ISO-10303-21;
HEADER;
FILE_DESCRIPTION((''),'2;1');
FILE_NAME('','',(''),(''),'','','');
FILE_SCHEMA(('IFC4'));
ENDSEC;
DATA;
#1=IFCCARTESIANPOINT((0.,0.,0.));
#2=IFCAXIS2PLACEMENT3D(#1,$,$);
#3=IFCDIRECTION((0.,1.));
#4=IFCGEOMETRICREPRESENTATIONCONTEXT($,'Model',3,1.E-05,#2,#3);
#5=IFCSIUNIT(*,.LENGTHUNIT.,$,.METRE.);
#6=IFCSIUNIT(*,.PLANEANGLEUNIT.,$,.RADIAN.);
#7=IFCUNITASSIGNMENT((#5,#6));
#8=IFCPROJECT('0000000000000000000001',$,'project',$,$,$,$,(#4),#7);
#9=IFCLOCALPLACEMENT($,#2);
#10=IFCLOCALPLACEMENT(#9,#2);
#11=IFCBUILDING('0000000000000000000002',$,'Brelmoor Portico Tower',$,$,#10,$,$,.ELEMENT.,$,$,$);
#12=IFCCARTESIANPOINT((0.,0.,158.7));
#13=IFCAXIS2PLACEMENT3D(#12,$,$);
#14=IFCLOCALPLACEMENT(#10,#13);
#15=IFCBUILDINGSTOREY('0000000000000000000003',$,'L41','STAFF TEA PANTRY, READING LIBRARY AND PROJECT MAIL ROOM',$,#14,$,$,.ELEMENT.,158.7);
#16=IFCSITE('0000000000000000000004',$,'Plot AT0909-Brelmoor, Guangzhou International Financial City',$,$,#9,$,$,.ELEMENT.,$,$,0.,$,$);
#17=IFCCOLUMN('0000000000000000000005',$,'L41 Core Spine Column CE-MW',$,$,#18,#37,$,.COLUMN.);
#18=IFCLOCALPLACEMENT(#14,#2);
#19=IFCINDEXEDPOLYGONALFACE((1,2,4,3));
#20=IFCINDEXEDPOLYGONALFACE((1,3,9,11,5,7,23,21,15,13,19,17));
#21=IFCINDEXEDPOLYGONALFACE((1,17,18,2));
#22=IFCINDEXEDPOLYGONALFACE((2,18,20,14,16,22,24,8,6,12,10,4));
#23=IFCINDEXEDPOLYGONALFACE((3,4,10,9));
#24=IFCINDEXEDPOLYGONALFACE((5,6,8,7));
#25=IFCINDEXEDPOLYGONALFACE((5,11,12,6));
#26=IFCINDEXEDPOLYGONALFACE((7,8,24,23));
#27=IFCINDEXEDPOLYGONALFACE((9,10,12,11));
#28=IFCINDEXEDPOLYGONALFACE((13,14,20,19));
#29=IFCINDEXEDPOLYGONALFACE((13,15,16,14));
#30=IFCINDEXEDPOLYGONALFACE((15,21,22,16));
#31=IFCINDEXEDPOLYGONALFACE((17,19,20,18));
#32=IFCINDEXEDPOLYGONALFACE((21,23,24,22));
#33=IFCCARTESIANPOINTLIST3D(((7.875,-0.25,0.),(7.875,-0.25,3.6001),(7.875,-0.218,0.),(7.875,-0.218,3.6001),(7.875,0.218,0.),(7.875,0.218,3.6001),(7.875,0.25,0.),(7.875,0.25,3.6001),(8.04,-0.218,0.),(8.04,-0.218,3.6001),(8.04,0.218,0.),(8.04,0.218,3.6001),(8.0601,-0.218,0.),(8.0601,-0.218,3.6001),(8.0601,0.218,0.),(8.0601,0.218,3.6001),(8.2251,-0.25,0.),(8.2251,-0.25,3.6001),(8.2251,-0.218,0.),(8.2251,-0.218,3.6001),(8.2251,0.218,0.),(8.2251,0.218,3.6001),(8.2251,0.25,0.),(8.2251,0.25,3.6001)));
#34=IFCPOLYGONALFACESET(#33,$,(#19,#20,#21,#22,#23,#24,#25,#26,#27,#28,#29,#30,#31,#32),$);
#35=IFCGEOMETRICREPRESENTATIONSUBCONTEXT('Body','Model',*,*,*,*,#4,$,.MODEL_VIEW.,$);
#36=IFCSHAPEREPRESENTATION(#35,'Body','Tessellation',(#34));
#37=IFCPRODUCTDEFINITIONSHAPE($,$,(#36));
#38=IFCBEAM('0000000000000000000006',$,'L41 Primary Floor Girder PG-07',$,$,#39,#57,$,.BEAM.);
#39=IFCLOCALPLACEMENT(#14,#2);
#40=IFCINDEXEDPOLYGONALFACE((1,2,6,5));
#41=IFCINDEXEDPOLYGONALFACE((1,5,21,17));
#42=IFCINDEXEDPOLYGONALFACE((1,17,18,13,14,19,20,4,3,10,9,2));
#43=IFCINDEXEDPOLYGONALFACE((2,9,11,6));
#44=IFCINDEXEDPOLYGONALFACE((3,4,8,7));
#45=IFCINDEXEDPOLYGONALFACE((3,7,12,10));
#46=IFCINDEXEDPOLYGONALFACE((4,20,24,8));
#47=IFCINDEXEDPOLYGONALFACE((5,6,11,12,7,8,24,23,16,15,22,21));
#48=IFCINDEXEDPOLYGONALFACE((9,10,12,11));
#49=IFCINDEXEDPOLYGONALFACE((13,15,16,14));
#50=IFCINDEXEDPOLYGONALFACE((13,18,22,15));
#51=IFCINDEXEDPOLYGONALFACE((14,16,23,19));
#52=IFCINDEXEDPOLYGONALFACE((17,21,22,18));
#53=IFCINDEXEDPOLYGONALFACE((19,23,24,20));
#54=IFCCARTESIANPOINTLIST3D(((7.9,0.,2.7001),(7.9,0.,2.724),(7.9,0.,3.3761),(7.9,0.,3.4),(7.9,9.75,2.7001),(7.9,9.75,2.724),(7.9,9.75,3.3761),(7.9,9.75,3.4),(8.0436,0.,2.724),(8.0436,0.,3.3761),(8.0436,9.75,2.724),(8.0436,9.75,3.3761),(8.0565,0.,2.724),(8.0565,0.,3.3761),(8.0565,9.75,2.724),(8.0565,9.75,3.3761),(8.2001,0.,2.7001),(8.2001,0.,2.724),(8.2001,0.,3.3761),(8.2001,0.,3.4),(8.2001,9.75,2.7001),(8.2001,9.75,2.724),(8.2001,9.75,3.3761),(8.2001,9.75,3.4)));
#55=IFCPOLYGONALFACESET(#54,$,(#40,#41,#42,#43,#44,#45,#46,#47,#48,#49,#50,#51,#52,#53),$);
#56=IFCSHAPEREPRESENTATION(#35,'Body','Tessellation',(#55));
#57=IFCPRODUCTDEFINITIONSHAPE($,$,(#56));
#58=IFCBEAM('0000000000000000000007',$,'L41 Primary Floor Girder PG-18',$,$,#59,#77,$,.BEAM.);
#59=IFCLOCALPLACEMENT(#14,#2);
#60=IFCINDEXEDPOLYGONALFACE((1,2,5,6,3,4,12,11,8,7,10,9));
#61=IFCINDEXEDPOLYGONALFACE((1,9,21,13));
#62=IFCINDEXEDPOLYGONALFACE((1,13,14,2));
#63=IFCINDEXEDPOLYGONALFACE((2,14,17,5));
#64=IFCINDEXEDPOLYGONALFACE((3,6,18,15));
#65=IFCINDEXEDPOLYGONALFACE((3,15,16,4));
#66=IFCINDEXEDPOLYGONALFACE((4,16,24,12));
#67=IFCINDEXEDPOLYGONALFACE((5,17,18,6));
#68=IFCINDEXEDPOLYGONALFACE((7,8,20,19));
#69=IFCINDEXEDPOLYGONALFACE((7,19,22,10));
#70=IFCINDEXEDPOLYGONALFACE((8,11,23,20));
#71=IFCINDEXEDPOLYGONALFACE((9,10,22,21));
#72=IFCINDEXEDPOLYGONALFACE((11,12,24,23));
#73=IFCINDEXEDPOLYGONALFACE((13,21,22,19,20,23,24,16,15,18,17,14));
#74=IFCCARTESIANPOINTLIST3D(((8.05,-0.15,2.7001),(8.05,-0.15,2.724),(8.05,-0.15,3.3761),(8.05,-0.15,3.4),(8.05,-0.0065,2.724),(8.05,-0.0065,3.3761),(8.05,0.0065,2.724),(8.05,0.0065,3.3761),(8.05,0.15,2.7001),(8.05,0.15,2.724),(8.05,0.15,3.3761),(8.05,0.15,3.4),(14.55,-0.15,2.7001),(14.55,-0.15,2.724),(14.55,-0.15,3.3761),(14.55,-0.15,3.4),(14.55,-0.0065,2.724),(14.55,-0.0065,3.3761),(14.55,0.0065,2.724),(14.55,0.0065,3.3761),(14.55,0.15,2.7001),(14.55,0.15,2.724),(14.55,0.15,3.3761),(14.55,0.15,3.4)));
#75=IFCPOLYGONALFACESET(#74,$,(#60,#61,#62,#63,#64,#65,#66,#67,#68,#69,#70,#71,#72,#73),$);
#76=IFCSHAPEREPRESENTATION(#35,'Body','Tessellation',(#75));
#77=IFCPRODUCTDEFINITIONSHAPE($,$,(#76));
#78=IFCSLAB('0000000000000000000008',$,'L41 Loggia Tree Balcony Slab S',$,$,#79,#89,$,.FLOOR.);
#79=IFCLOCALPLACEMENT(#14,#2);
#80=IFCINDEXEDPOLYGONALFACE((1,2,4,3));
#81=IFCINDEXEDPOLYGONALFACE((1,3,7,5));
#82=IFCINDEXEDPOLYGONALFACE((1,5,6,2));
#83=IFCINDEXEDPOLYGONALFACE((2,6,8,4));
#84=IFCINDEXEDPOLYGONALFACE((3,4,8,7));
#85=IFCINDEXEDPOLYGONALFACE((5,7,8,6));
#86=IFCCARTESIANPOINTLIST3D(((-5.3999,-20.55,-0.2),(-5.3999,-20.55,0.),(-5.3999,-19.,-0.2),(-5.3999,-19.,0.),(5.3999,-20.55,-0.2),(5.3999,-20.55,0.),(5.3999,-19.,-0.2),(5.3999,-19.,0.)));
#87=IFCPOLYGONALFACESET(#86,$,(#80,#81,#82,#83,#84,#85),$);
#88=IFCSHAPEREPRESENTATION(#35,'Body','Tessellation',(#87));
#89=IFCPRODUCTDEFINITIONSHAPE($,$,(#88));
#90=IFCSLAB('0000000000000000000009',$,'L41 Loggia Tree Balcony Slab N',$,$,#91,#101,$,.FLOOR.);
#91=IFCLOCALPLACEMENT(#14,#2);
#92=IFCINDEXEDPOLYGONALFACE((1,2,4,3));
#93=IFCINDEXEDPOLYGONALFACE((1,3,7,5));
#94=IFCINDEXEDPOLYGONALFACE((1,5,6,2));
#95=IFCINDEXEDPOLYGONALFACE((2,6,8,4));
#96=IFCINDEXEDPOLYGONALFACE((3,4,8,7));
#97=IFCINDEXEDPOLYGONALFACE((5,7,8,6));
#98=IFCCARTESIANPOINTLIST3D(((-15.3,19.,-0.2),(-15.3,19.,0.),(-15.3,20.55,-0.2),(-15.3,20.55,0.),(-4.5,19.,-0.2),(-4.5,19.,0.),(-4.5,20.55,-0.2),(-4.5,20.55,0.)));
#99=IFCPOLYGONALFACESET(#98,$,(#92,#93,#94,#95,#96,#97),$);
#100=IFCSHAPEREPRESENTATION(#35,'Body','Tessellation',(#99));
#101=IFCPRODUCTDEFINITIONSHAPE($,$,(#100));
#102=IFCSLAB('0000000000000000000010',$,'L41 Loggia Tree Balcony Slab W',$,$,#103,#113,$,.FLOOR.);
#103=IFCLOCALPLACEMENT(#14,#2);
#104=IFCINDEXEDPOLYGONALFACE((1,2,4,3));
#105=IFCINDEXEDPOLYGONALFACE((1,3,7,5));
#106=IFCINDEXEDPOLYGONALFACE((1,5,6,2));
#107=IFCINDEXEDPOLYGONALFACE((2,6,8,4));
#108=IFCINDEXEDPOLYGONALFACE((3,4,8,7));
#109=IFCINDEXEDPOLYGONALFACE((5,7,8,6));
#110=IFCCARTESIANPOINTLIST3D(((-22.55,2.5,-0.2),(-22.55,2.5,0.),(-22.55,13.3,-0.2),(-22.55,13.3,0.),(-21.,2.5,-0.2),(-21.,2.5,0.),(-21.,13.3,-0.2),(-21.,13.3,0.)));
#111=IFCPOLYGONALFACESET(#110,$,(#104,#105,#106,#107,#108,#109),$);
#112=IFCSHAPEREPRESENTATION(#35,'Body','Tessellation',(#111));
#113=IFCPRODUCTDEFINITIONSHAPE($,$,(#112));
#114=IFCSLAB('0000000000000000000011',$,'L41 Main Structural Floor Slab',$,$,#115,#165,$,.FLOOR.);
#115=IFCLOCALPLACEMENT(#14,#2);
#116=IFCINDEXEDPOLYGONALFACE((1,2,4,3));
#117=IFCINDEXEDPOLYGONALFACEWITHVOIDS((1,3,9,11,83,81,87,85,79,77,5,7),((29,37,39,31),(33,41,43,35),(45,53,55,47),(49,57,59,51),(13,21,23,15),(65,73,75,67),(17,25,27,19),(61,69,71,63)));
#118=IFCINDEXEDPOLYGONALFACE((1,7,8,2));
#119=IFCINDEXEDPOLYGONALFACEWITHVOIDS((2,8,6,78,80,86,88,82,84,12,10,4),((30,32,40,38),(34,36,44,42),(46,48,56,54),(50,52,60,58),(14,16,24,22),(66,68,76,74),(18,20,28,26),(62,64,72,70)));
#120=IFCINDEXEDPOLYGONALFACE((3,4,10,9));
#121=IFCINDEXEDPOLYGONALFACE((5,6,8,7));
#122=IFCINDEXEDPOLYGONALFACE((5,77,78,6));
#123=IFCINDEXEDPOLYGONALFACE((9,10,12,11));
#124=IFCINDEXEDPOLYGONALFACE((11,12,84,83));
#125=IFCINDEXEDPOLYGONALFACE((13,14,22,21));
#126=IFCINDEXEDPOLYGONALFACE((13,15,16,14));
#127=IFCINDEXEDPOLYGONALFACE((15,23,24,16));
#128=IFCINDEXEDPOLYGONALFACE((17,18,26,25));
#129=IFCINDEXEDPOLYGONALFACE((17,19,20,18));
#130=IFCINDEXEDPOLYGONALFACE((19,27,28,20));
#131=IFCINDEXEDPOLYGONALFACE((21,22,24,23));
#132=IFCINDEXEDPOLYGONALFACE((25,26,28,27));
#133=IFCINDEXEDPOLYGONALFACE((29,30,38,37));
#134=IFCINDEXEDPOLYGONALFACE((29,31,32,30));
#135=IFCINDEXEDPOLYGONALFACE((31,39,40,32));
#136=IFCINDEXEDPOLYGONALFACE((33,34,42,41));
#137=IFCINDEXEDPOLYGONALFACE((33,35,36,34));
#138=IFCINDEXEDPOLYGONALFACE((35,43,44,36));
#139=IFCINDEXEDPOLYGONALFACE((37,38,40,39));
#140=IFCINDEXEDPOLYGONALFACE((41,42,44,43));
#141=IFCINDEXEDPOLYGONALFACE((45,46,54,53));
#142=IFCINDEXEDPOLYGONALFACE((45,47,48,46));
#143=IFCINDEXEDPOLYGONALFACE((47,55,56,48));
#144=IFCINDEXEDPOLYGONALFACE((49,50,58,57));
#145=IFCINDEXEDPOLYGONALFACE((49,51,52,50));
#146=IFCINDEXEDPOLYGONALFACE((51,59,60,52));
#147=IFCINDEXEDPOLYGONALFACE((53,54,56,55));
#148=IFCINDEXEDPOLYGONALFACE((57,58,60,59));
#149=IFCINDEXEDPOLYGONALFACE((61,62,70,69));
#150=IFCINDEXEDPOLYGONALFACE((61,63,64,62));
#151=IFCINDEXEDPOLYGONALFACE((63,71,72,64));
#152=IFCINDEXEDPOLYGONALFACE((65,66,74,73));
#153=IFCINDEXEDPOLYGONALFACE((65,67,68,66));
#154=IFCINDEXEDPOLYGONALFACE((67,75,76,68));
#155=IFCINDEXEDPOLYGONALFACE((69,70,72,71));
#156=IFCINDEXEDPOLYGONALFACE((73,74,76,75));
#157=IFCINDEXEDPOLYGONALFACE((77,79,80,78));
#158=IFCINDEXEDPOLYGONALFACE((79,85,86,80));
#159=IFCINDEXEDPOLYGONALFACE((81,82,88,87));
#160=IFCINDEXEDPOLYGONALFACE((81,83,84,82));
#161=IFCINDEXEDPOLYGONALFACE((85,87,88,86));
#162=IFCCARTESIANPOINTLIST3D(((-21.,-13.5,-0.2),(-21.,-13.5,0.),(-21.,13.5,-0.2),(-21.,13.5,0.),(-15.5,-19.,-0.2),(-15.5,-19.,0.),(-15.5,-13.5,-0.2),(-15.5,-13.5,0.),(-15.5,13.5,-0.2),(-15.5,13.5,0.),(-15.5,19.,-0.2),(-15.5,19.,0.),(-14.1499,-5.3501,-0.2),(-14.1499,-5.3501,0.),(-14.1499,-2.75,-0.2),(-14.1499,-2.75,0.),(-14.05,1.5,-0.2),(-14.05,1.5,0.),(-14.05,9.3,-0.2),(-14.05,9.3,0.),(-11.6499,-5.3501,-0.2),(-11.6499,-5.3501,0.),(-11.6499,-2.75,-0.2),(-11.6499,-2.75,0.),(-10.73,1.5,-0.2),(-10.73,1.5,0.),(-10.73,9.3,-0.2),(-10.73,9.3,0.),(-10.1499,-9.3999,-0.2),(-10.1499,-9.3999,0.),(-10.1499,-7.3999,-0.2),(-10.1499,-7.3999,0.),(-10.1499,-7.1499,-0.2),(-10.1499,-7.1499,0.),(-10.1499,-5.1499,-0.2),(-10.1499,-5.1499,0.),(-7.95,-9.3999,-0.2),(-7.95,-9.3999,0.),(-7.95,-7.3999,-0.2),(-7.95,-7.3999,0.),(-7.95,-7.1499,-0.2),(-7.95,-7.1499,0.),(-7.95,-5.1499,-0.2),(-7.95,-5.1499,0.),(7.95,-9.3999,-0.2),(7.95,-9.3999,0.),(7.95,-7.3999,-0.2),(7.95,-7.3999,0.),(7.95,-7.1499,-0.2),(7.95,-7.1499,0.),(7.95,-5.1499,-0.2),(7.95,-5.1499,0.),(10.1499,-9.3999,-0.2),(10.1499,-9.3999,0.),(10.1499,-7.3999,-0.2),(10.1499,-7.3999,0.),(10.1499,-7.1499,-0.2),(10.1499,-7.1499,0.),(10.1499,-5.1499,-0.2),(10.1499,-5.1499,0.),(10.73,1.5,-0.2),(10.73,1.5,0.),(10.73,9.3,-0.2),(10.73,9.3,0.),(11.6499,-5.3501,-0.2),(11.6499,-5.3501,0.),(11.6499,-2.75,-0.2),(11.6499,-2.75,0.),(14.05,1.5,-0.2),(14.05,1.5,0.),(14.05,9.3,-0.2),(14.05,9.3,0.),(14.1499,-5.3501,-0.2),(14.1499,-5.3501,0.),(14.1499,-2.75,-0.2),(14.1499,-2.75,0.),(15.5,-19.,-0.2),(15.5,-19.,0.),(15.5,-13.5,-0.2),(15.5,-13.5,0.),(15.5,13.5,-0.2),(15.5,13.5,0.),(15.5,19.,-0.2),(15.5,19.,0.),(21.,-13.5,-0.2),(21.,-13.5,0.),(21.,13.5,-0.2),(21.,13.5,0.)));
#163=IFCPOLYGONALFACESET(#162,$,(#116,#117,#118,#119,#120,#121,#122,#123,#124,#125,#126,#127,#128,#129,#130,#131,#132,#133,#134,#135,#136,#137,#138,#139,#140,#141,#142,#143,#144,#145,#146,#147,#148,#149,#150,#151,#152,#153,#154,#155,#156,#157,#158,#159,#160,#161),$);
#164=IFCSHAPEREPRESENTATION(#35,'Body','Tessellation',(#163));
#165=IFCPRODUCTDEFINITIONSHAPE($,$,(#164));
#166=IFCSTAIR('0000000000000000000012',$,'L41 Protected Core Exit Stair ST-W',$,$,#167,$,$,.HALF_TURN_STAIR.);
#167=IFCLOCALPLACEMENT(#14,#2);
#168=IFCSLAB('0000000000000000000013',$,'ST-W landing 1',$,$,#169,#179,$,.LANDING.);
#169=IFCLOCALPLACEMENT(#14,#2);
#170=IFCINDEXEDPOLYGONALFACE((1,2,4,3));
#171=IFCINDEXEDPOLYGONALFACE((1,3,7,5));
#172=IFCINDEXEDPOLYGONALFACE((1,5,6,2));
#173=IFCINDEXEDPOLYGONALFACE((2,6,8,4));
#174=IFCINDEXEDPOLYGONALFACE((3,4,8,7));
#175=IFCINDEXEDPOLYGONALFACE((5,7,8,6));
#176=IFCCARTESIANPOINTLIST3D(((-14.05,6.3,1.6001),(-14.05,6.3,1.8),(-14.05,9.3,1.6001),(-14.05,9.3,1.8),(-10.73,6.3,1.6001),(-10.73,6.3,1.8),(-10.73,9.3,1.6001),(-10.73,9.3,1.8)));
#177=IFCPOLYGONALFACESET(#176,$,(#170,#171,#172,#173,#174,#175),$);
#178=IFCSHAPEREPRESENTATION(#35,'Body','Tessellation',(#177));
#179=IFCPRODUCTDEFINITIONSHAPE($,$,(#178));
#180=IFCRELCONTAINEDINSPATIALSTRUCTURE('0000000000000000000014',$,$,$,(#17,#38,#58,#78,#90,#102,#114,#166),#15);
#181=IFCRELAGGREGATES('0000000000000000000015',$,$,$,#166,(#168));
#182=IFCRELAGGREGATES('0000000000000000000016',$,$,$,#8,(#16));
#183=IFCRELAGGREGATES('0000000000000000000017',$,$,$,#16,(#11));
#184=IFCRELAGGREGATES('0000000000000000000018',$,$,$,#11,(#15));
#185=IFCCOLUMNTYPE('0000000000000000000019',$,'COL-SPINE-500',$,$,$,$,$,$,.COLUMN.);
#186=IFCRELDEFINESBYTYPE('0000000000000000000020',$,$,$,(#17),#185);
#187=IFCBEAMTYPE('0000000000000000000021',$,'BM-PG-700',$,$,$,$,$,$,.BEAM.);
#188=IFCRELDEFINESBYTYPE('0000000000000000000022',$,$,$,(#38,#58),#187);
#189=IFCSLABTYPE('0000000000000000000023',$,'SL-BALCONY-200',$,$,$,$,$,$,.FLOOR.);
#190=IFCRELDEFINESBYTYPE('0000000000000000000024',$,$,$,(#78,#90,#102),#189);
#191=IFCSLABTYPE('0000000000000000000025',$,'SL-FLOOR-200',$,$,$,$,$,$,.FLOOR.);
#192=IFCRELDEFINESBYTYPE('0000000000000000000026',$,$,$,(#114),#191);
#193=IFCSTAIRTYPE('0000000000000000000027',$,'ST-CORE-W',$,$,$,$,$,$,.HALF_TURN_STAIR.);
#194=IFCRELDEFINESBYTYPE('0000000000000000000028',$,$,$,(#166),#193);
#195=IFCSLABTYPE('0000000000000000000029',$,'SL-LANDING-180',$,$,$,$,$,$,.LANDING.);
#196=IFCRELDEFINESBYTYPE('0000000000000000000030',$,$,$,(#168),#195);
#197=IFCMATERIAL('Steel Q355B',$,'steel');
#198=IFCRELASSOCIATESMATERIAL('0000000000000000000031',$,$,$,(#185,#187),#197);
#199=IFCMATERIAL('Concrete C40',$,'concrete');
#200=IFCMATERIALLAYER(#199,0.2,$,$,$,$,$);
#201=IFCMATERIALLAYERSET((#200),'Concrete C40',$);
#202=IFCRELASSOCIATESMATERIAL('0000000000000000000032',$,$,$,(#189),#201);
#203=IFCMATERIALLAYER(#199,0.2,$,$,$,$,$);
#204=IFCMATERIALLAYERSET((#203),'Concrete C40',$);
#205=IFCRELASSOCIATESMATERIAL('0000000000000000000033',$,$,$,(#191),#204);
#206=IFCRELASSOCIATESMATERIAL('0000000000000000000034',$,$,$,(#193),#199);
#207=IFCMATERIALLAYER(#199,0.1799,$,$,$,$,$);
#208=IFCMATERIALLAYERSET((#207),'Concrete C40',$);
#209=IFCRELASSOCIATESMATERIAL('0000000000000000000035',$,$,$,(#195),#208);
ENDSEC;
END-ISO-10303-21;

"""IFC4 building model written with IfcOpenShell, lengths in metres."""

from ifc_helpers import new_model, si_unit, direction, frame, origin, origin_2d, place, context, subcontext, project, spatial, polyline, i_section, outline, extrude, material, layer, layer_set, material_profile, profile_set, type_object, element, aggregate, save


model = new_model("IFC4")

# Units and contexts
model_context = context("Model", 3, precision=1e-05, world=origin(), true_north=direction((0.0, 1.0)))
body_context = subcontext(model_context, "Body", "Model", "MODEL_VIEW")
ifc_project = project(units=[si_unit("LENGTHUNIT", "METRE"), si_unit("PLANEANGLEUNIT", "RADIAN")], contexts=[model_context])

# Site, building, storey
site_placement = place(None, origin())
site = spatial("IfcSite", under=ifc_project, at=site_placement, Name="Plot AT0909-Brelmoor, Guangzhou International Financial City", CompositionType="ELEMENT", RefElevation=0.0)
building_placement = place(site_placement, origin())
building = spatial("IfcBuilding", under=site, at=building_placement, Name="Brelmoor Portico Tower", CompositionType="ELEMENT")
storey_placement = place(building_placement, frame((0.0, 0.0, 158.7)))
storey = spatial("IfcBuildingStorey", under=building, at=storey_placement, Name="L41", Description="STAFF TEA PANTRY, READING LIBRARY AND PROJECT MAIL ROOM", CompositionType="ELEMENT", Elevation=158.7)

# Column
ifc_material_1 = material(Name="Steel Q355B", Category="steel")
ifc_material_profile_1 = material_profile(ifc_material_1, i_section(OverallWidth=0.3501, OverallDepth=0.5, WebThickness=0.02, FlangeThickness=0.032, at=origin_2d()), Name="HW 500x350x20x32")
ifc_profile_set_1 = profile_set([ifc_material_profile_1], Name="Steel Q355B")
column_type = type_object("IfcColumnType", Name="COL-SPINE-500", PredefinedType="COLUMN", material=ifc_profile_set_1)
column_placement = place(storey_placement, frame((8.05, 0.0, 0.0), z_axis=(0.0, 0.0, 1.0), x_axis=(1.0, 0.0, 0.0)))
element("IfcColumn", 1, at=column_placement, inside=storey, type_object=column_type, Name="L41 Core Spine Column CE-MW", PredefinedType="COLUMN", context=body_context, shape_type="SweptSolid", body=[
    extrude(i_section(OverallWidth=0.3501, OverallDepth=0.5, WebThickness=0.02, FlangeThickness=0.032, at=origin_2d()), origin(), (0.0, 0.0, 1.0), 3.6001),
])

# Beams
ifc_material_profile_2 = material_profile(ifc_material_1, i_section(OverallWidth=0.3, OverallDepth=0.7, WebThickness=0.0129, FlangeThickness=0.0239, at=origin_2d()), Name="HN 700x300x13x24")
ifc_profile_set_2 = profile_set([ifc_material_profile_2], Name="Steel Q355B")
beam_type = type_object("IfcBeamType", Name="BM-PG-700", PredefinedType="BEAM", material=ifc_profile_set_2)
beam_1_placement = place(storey_placement, frame((8.05, 0.0, 3.05), z_axis=(0.0, 1.0, 0.0), x_axis=(-1.0, 0.0, 0.0)))
element("IfcBeam", 2, at=beam_1_placement, inside=storey, type_object=beam_type, Name="L41 Primary Floor Girder PG-07", PredefinedType="BEAM", context=body_context, shape_type="SweptSolid", body=[
    extrude(i_section(OverallWidth=0.3, OverallDepth=0.7, WebThickness=0.0129, FlangeThickness=0.0239, at=origin_2d()), origin(), (0.0, 0.0, 1.0), 9.75),
])
beam_2_placement = place(storey_placement, frame((8.05, 0.0, 3.05), z_axis=(1.0, 0.0, 0.0), x_axis=(0.0, 1.0, 0.0)))
element("IfcBeam", 3, at=beam_2_placement, inside=storey, type_object=beam_type, Name="L41 Primary Floor Girder PG-18", PredefinedType="BEAM", context=body_context, shape_type="SweptSolid", body=[
    extrude(i_section(OverallWidth=0.3, OverallDepth=0.7, WebThickness=0.0129, FlangeThickness=0.0239, at=origin_2d()), origin(), (0.0, 0.0, 1.0), 6.5),
])

# Slabs
ifc_material_2 = material(Name="Concrete C40", Category="concrete")
ifc_layer_1 = layer(ifc_material_2, 0.2)
ifc_layer_set_1 = layer_set([ifc_layer_1], Name="Concrete C40")
slab_type_1 = type_object("IfcSlabType", Name="SL-BALCONY-200", PredefinedType="FLOOR", material=ifc_layer_set_1)
slab_1_placement = place(storey_placement, frame((0.0, 0.0, -0.2)))
element("IfcSlab", 4, at=slab_1_placement, inside=storey, type_object=slab_type_1, Name="L41 Loggia Tree Balcony Slab S", PredefinedType="FLOOR", context=body_context, shape_type="SweptSolid", body=[
    extrude(outline(polyline([(-5.3999, -20.55), (5.3999, -20.55), (5.3999, -19.0), (-5.3999, -19.0), (-5.3999, -20.55)])), origin(), (0.0, 0.0, 1.0), 0.2),
])
slab_2_placement = place(storey_placement, frame((0.0, 0.0, -0.2)))
element("IfcSlab", 5, at=slab_2_placement, inside=storey, type_object=slab_type_1, Name="L41 Loggia Tree Balcony Slab N", PredefinedType="FLOOR", context=body_context, shape_type="SweptSolid", body=[
    extrude(outline(polyline([(-15.3, 19.0), (-4.5, 19.0), (-4.5, 20.55), (-15.3, 20.55), (-15.3, 19.0)])), origin(), (0.0, 0.0, 1.0), 0.2),
])
slab_3_placement = place(storey_placement, frame((0.0, 0.0, -0.2)))
element("IfcSlab", 6, at=slab_3_placement, inside=storey, type_object=slab_type_1, Name="L41 Loggia Tree Balcony Slab W", PredefinedType="FLOOR", context=body_context, shape_type="SweptSolid", body=[
    extrude(outline(polyline([(-22.55, 2.5), (-21.0, 2.5), (-21.0, 13.3), (-22.55, 13.3), (-22.55, 2.5)])), origin(), (0.0, 0.0, 1.0), 0.2),
])
ifc_layer_2 = layer(ifc_material_2, 0.2)
ifc_layer_set_2 = layer_set([ifc_layer_2], Name="Concrete C40")
slab_type_2 = type_object("IfcSlabType", Name="SL-FLOOR-200", PredefinedType="FLOOR", material=ifc_layer_set_2)
slab_4_placement = place(storey_placement, frame((0.0, 0.0, -0.2)))
element("IfcSlab", 7, at=slab_4_placement, inside=storey, type_object=slab_type_2, Name="L41 Main Structural Floor Slab", PredefinedType="FLOOR", context=body_context, shape_type="SweptSolid", body=[
    extrude(outline(polyline([(-15.5, -19.0), (15.5, -19.0), (15.5, -13.5), (21.0, -13.5), (21.0, 13.5), (15.5, 13.5), (15.5, 19.0), (-15.5, 19.0), (-15.5, 13.5), (-21.0, 13.5), (-21.0, -13.5), (-15.5, -13.5), (-15.5, -19.0)]), holes=[polyline([(-10.73, 1.5), (-10.73, 9.3), (-14.05, 9.3), (-14.05, 1.5), (-10.73, 1.5)]), polyline([(14.05, 1.5), (14.05, 9.3), (10.73, 9.3), (10.73, 1.5), (14.05, 1.5)]), polyline([(-10.1499, -9.3999), (-7.95, -9.3999), (-7.95, -7.3999), (-10.1499, -7.3999), (-10.1499, -9.3999)]), polyline([(-10.1499, -7.1499), (-7.95, -7.1499), (-7.95, -5.1499), (-10.1499, -5.1499), (-10.1499, -7.1499)]), polyline([(7.95, -9.3999), (10.1499, -9.3999), (10.1499, -7.3999), (7.95, -7.3999), (7.95, -9.3999)]), polyline([(7.95, -7.1499), (10.1499, -7.1499), (10.1499, -5.1499), (7.95, -5.1499), (7.95, -7.1499)]), polyline([(-14.1499, -5.3501), (-11.6499, -5.3501), (-11.6499, -2.75), (-14.1499, -2.75), (-14.1499, -5.3501)]), polyline([(11.6499, -5.3501), (14.1499, -5.3501), (14.1499, -2.75), (11.6499, -2.75), (11.6499, -5.3501)])]), origin(), (0.0, 0.0, 1.0), 0.2),
])

# Stair, slab
stair_type_1 = type_object("IfcStairType", Name="ST-CORE-W", PredefinedType="HALF_TURN_STAIR", material=ifc_material_2)
stair_1_placement = place(storey_placement, origin())
stair_1 = element("IfcStair", 8, at=stair_1_placement, inside=storey, type_object=stair_type_1, Name="L41 Protected Core Exit Stair ST-W", PredefinedType="HALF_TURN_STAIR")
ifc_layer_3 = layer(ifc_material_2, 0.1799)
ifc_layer_set_3 = layer_set([ifc_layer_3], Name="Concrete C40")
slab_type_3 = type_object("IfcSlabType", Name="SL-LANDING-180", PredefinedType="LANDING", material=ifc_layer_set_3)
slab_5_placement = place(storey_placement, frame((0.0, 0.0, 1.6001)))
slab_5 = element("IfcSlab", 9, at=slab_5_placement, type_object=slab_type_3, Name="ST-W landing 1", PredefinedType="LANDING", context=body_context, shape_type="SweptSolid", body=[
    extrude(outline(polyline([(-10.73, 6.3), (-10.73, 9.3), (-14.05, 9.3), (-14.05, 6.3), (-10.73, 6.3)])), origin(), (0.0, 0.0, 1.0), 0.2),
])
aggregate(stair_1, [slab_5])

save(model, "model.ifc")
